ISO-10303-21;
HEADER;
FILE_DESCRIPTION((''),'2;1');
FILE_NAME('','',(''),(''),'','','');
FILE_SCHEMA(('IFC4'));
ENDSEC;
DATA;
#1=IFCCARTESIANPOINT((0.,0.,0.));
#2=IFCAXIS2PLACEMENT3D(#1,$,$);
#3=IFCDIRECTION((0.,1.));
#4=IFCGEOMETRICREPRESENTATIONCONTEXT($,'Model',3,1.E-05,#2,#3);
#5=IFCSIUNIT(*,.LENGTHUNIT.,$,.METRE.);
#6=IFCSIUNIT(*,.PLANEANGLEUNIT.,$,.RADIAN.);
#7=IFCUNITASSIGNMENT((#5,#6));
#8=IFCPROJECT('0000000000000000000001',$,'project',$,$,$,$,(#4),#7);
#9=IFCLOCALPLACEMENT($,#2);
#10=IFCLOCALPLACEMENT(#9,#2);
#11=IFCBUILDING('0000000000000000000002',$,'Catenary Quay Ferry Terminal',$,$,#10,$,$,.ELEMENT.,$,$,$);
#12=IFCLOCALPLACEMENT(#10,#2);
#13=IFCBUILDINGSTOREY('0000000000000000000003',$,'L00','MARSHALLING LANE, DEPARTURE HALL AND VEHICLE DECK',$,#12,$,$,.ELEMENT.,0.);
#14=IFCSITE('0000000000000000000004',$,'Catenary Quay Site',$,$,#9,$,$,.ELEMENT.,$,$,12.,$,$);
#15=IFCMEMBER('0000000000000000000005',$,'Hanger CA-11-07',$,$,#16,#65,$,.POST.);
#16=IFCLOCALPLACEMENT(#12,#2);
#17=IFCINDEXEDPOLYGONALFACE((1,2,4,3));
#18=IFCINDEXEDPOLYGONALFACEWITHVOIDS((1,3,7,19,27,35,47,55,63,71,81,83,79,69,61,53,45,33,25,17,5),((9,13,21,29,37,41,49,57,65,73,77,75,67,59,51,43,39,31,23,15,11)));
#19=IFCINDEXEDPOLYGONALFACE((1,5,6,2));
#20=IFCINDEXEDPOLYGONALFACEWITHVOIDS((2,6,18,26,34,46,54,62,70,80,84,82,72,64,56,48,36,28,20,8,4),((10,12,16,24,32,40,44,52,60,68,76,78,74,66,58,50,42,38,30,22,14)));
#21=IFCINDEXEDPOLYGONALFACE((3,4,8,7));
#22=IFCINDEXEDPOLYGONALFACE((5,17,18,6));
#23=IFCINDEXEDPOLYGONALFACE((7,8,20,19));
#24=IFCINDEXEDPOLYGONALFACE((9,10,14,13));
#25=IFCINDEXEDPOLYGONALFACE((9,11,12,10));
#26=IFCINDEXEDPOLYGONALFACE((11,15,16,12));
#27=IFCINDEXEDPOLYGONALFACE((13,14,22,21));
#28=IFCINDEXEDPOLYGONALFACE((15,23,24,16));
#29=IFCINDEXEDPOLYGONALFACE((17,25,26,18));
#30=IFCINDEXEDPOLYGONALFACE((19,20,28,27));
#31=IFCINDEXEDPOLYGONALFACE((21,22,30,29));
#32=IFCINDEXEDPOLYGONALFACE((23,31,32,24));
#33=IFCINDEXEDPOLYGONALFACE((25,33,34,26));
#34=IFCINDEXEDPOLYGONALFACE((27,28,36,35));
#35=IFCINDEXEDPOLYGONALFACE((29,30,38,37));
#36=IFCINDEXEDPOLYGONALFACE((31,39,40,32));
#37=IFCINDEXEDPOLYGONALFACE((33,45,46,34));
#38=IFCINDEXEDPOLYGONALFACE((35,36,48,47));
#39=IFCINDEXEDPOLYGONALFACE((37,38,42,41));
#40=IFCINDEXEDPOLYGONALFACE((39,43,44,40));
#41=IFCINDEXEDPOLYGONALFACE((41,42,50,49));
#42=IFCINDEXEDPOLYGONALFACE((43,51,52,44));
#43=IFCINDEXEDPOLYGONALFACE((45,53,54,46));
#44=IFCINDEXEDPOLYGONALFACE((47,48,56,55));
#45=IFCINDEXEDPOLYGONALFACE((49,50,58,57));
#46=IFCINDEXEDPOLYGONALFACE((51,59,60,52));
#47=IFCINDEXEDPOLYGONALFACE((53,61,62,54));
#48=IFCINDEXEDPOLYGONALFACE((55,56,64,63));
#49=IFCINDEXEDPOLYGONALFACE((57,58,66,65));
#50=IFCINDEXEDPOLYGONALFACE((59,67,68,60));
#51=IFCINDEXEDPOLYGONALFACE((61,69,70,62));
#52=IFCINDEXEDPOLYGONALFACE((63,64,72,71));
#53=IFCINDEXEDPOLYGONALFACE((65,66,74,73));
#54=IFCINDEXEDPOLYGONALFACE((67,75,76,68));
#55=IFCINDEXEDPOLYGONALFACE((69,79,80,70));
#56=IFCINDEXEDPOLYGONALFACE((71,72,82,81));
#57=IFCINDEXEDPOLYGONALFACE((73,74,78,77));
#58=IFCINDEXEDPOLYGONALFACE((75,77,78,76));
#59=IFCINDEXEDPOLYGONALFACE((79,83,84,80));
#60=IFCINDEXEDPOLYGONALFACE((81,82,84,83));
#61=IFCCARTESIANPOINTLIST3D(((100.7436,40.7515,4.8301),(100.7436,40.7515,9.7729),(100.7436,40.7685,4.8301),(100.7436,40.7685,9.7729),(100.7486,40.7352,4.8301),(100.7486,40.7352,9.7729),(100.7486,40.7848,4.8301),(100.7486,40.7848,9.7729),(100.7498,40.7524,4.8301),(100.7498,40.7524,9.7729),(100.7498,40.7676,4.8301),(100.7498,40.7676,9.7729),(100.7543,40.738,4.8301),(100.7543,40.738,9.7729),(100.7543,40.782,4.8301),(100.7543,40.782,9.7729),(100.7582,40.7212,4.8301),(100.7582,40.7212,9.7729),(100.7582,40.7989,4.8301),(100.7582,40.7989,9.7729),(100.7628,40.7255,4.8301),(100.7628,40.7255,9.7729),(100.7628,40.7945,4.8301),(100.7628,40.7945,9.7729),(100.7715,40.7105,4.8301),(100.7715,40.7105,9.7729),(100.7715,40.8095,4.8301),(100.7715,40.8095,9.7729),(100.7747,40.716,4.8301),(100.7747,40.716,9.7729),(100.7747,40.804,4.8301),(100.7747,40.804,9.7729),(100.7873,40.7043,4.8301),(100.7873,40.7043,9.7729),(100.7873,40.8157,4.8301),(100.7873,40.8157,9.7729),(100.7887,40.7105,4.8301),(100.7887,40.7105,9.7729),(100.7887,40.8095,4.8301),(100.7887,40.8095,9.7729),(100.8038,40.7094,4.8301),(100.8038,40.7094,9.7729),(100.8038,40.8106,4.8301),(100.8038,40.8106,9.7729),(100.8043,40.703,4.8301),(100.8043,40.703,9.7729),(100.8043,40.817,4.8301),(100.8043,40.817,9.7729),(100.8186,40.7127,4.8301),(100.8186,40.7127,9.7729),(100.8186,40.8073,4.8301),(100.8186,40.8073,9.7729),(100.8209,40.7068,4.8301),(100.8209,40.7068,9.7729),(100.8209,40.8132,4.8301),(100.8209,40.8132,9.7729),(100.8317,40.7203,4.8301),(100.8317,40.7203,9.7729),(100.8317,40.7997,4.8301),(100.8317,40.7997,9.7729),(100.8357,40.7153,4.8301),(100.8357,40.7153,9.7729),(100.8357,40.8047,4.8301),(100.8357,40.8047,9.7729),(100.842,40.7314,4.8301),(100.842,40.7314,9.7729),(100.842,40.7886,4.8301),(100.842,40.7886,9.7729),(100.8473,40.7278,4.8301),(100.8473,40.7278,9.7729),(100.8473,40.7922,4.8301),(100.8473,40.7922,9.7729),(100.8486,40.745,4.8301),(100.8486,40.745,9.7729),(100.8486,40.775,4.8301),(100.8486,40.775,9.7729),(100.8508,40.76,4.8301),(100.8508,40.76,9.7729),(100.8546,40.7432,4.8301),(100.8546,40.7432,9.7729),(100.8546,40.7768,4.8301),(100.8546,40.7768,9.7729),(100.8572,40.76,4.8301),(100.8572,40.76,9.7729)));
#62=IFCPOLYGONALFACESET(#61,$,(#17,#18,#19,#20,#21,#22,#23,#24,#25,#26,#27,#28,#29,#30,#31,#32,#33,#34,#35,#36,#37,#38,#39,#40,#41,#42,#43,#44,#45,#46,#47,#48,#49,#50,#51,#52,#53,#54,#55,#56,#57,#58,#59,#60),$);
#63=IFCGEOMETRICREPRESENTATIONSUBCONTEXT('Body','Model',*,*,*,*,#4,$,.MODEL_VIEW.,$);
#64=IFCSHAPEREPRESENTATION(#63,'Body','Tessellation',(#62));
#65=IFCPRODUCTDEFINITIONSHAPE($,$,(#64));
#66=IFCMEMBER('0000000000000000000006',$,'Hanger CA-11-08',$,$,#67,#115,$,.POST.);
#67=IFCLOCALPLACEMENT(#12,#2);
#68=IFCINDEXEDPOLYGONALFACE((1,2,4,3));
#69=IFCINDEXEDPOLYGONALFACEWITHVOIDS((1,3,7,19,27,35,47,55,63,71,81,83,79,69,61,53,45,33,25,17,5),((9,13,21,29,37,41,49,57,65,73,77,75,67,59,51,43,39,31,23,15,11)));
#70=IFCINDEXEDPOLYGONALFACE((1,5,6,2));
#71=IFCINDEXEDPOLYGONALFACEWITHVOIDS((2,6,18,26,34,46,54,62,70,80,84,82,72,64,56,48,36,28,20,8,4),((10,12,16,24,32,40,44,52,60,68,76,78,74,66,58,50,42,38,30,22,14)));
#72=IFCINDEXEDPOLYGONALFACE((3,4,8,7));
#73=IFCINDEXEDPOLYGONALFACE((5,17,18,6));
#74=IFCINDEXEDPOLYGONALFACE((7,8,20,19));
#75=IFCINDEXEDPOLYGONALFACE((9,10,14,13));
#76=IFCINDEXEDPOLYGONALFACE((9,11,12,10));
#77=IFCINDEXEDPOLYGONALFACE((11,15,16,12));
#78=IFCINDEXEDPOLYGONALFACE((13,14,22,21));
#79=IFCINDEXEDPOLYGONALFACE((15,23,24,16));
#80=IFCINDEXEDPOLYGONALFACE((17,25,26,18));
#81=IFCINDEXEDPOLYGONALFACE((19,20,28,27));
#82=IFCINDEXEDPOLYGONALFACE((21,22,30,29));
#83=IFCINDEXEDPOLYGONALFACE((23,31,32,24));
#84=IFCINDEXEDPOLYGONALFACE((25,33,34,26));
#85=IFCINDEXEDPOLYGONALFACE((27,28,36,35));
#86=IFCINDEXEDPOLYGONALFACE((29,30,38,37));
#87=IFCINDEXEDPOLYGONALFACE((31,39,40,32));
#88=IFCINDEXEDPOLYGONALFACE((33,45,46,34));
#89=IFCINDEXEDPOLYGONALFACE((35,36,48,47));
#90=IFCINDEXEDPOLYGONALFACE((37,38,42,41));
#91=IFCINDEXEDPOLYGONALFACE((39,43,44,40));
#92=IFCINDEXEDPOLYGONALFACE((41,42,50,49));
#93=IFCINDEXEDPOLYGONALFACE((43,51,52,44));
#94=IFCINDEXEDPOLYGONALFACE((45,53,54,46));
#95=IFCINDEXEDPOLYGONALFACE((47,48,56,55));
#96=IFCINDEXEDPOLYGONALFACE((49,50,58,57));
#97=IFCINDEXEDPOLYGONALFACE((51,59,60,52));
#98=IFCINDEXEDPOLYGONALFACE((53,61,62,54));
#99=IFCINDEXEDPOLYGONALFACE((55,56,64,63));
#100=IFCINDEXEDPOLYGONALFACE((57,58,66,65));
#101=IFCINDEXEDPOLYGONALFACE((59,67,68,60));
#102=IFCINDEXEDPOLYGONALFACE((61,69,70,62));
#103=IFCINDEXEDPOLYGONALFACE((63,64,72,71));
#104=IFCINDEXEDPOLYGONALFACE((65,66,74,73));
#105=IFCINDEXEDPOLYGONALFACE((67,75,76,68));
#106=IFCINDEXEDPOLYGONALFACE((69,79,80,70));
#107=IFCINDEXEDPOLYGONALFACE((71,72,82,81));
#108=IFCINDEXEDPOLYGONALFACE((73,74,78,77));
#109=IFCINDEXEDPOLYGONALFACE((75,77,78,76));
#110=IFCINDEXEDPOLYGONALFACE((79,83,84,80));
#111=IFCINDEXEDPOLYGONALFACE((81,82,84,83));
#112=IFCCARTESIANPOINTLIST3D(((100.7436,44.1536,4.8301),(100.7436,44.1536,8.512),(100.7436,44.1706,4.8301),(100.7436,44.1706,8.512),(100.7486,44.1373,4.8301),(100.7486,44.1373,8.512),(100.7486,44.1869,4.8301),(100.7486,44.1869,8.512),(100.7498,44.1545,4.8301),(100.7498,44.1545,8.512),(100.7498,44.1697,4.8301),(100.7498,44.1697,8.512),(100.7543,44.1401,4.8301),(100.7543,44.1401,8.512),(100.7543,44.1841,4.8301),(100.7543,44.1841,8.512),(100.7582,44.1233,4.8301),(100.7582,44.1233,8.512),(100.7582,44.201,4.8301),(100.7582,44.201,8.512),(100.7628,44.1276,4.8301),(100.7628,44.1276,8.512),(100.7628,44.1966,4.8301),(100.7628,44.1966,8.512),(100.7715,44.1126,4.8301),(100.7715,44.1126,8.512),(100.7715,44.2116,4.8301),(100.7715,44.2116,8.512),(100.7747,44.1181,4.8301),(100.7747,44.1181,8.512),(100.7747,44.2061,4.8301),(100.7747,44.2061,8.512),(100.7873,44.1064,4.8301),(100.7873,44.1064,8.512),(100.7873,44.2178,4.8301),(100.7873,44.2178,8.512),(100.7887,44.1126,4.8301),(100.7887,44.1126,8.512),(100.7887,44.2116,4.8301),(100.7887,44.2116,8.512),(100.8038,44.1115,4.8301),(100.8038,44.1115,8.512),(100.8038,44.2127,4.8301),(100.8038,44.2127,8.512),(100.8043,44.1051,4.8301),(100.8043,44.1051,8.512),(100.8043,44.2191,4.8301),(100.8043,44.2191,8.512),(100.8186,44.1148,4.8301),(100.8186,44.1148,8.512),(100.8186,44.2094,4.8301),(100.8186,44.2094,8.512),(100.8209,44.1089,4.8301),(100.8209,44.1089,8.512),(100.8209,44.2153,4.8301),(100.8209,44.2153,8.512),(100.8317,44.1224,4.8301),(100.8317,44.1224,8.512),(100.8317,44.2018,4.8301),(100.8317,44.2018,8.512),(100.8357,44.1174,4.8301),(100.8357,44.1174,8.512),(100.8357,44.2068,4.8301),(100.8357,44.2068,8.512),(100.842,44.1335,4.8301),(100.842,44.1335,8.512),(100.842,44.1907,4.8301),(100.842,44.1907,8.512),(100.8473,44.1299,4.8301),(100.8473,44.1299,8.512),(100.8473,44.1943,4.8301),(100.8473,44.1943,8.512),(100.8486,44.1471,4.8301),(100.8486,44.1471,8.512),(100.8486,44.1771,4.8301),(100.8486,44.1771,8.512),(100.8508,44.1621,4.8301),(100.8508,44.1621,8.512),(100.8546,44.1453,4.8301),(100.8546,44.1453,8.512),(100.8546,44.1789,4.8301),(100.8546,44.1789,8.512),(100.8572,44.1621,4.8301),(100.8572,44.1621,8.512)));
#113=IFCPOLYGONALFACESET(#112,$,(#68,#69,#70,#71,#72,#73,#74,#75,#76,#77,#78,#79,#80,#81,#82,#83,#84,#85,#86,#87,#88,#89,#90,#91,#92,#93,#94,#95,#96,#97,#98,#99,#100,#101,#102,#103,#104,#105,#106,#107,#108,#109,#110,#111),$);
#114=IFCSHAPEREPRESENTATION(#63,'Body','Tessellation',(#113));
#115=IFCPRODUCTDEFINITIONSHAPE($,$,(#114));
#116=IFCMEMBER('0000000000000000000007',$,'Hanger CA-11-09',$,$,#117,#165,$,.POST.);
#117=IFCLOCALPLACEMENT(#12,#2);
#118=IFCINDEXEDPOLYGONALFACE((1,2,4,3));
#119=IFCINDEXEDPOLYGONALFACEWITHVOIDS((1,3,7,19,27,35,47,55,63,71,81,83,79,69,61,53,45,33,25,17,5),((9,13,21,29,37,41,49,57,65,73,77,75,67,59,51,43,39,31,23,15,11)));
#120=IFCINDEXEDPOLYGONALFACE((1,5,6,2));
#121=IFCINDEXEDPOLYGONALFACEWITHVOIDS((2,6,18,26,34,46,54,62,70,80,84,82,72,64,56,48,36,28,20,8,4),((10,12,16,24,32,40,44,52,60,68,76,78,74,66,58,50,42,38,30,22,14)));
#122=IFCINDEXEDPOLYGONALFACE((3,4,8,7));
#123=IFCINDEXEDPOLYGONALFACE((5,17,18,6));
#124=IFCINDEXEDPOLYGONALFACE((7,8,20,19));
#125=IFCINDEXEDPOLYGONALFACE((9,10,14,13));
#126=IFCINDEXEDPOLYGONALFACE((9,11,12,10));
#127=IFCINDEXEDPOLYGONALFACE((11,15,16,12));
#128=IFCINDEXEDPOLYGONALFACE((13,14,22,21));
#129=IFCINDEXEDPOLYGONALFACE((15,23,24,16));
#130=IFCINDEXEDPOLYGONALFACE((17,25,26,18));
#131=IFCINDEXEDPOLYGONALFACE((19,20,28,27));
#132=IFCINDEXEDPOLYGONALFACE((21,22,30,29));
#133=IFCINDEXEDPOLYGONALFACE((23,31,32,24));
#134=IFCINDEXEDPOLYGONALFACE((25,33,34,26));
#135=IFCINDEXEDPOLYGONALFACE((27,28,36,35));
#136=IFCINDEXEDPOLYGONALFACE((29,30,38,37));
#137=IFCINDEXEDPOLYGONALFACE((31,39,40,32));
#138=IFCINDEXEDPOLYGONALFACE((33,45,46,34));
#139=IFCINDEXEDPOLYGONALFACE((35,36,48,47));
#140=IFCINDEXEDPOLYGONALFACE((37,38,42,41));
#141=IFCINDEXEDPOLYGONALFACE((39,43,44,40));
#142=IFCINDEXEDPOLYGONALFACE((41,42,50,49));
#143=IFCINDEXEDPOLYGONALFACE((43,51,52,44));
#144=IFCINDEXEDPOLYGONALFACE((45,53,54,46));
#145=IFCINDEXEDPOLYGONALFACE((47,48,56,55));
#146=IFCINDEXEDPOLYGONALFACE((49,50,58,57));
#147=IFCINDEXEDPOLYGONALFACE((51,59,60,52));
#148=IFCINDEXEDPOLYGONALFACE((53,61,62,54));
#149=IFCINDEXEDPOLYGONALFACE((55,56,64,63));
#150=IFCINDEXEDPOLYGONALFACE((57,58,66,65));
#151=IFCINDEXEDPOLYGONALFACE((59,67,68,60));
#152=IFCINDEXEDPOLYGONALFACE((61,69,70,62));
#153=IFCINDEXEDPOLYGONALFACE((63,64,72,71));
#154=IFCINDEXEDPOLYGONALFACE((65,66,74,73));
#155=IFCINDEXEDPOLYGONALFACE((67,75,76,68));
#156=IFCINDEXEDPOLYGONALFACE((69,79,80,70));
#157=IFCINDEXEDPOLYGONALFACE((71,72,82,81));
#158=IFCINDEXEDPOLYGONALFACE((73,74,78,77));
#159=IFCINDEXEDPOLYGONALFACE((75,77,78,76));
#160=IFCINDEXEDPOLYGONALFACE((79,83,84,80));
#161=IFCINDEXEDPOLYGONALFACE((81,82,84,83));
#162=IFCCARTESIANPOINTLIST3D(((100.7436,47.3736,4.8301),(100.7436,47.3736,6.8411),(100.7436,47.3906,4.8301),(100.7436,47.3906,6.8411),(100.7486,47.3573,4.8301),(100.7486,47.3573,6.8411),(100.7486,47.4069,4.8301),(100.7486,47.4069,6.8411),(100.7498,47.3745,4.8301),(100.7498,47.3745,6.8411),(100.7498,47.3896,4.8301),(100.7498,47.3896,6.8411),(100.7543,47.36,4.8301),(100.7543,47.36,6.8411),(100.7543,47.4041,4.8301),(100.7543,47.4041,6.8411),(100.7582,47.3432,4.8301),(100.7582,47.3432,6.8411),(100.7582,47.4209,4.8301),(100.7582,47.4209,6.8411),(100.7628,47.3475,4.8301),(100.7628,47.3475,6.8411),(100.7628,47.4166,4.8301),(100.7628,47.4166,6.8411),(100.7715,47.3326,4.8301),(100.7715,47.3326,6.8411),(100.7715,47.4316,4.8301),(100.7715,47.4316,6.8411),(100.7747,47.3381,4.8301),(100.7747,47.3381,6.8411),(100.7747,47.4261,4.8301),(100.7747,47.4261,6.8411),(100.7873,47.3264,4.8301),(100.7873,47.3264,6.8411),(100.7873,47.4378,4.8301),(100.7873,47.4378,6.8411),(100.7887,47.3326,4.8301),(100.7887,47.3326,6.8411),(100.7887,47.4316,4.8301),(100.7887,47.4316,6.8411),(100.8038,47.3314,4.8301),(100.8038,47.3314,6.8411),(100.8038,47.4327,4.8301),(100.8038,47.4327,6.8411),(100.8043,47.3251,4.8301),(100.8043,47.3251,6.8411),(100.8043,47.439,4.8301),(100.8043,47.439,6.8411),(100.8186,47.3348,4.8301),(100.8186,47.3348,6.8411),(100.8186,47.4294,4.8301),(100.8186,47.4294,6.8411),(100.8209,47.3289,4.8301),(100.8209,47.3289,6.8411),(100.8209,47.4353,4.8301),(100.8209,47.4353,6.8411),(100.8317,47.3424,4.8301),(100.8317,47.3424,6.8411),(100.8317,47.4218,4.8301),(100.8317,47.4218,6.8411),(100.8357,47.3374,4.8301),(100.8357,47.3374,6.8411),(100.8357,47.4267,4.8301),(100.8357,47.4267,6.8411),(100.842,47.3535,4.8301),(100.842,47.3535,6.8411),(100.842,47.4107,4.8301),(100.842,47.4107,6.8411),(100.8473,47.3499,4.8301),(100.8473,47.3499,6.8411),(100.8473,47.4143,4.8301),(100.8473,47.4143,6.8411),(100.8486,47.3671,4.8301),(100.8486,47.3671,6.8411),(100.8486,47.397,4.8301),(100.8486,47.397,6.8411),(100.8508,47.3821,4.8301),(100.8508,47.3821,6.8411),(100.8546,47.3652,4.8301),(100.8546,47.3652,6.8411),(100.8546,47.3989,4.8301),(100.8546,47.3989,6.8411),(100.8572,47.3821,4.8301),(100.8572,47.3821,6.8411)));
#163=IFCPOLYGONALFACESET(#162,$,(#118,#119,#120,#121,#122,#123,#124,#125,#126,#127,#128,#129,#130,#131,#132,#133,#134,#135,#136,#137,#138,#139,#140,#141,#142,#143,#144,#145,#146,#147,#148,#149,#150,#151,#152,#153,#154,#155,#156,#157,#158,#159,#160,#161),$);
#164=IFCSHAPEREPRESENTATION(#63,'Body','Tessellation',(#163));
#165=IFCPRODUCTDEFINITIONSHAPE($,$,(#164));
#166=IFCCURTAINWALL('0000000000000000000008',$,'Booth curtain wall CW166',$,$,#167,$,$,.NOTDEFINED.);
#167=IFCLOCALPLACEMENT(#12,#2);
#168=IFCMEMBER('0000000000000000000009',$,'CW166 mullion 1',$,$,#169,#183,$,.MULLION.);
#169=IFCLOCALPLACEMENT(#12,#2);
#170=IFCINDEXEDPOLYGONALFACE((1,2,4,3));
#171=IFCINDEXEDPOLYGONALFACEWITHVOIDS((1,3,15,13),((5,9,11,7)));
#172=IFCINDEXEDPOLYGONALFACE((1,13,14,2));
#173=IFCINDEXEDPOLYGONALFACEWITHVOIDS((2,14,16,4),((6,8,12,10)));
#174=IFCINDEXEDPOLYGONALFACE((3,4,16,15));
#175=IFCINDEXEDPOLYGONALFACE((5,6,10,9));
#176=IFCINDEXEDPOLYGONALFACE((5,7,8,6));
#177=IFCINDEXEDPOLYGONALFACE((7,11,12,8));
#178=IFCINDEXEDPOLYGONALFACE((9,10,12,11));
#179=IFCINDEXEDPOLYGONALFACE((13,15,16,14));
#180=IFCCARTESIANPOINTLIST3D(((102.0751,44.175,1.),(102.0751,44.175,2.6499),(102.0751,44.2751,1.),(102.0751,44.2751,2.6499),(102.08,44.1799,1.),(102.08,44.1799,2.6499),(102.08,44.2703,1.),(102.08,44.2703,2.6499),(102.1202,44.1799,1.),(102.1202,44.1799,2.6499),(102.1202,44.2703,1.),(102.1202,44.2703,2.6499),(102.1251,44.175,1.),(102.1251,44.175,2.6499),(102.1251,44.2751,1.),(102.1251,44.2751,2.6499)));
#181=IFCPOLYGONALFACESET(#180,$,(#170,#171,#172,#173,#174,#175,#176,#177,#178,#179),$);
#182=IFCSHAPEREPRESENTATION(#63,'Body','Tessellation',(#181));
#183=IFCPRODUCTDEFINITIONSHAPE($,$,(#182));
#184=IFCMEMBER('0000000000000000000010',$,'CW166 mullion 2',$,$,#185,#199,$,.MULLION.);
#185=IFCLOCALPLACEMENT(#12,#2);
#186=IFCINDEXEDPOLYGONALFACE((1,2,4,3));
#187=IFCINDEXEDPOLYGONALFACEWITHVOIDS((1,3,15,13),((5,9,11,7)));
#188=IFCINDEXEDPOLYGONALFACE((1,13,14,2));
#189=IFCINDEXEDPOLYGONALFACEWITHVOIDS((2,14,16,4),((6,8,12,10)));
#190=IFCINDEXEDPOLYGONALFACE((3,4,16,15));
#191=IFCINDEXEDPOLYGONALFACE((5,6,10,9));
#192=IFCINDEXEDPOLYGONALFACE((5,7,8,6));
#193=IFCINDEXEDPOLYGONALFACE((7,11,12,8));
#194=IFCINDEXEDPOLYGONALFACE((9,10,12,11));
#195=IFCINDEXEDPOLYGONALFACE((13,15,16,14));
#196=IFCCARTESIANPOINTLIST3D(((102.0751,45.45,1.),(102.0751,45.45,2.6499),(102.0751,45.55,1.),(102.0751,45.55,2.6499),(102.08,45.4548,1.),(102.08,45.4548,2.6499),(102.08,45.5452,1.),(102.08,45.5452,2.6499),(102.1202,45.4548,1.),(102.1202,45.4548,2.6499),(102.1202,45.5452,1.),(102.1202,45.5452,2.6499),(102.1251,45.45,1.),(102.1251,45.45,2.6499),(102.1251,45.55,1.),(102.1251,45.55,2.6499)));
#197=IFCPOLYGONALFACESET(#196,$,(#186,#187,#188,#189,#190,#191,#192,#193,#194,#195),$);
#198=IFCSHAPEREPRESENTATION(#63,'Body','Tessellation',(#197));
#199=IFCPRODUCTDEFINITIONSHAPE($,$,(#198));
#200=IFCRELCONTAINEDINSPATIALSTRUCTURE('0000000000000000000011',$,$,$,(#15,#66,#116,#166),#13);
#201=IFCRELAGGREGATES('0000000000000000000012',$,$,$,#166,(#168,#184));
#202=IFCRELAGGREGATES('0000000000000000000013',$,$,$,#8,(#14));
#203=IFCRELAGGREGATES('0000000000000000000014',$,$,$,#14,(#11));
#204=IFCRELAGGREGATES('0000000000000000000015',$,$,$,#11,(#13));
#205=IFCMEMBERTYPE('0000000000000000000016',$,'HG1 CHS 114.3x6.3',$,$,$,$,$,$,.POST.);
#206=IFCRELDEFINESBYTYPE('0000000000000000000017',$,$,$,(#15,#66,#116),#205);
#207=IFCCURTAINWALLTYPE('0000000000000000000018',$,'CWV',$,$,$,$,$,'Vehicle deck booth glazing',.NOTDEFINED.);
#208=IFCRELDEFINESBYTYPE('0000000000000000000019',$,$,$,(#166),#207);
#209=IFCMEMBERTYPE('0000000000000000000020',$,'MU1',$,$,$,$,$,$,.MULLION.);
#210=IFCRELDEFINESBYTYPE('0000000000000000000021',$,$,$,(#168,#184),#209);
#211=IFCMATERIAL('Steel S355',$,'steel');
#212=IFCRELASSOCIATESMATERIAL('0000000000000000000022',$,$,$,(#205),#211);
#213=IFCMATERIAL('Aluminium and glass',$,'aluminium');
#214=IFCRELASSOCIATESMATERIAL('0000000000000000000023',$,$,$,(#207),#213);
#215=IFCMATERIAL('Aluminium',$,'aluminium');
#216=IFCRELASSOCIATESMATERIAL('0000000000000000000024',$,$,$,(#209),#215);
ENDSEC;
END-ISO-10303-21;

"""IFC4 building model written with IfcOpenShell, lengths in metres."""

from ifc_helpers import new_model, si_unit, direction, frame, origin, origin_2d, place, context, subcontext, project, spatial, hollow_rectangle, hollow_circle, extrude, material, material_profile, profile_set, type_object, element, aggregate, save


model = new_model("IFC4")

# Units and contexts
model_context = context("Model", 3, precision=1e-05, world=origin(), true_north=direction((0.0, 1.0)))
body_context = subcontext(model_context, "Body", "Model", "MODEL_VIEW")
ifc_project = project(units=[si_unit("LENGTHUNIT", "METRE"), si_unit("PLANEANGLEUNIT", "RADIAN")], contexts=[model_context])

# Site, building, storey
site_placement = place(None, origin())
site = spatial("IfcSite", under=ifc_project, at=site_placement, Name="Catenary Quay Site", CompositionType="ELEMENT", RefElevation=12.0)
building_placement = place(site_placement, origin())
building = spatial("IfcBuilding", under=site, at=building_placement, Name="Catenary Quay Ferry Terminal", CompositionType="ELEMENT")
storey_placement = place(building_placement, origin())
storey = spatial("IfcBuildingStorey", under=building, at=storey_placement, Name="L00", Description="MARSHALLING LANE, DEPARTURE HALL AND VEHICLE DECK", CompositionType="ELEMENT", Elevation=0.0)

# Members
ifc_material_1 = material(Name="Steel S355", Category="steel")
ifc_material_profile_1 = material_profile(ifc_material_1, hollow_circle(Radius=0.0571, WallThickness=0.0063, at=origin_2d()), Name="CHS 114.3x6.3")
ifc_profile_set_1 = profile_set([ifc_material_profile_1], Name="Steel S355")
member_type_1 = type_object("IfcMemberType", Name="HG1 CHS 114.3x6.3", PredefinedType="POST", material=ifc_profile_set_1)
member_1_placement = place(storey_placement, frame((100.8, 40.76, 4.8301), z_axis=(0.0, 0.0, 1.0), x_axis=(1.0, 0.0, 0.0)))
element("IfcMember", 1, at=member_1_placement, inside=storey, type_object=member_type_1, Name="Hanger CA-11-07", PredefinedType="POST", context=body_context, shape_type="SweptSolid", body=[
    extrude(hollow_circle(Radius=0.0571, WallThickness=0.0063, at=origin_2d()), origin(), (0.0, 0.0, 1.0), 4.9429),
])
member_2_placement = place(storey_placement, frame((100.8, 44.1621, 4.8301), z_axis=(0.0, 0.0, 1.0), x_axis=(1.0, 0.0, 0.0)))
element("IfcMember", 2, at=member_2_placement, inside=storey, type_object=member_type_1, Name="Hanger CA-11-08", PredefinedType="POST", context=body_context, shape_type="SweptSolid", body=[
    extrude(hollow_circle(Radius=0.0571, WallThickness=0.0063, at=origin_2d()), origin(), (0.0, 0.0, 1.0), 3.6819),
])
member_3_placement = place(storey_placement, frame((100.8, 47.3821, 4.8301), z_axis=(0.0, 0.0, 1.0), x_axis=(1.0, 0.0, 0.0)))
element("IfcMember", 3, at=member_3_placement, inside=storey, type_object=member_type_1, Name="Hanger CA-11-09", PredefinedType="POST", context=body_context, shape_type="SweptSolid", body=[
    extrude(hollow_circle(Radius=0.0571, WallThickness=0.0063, at=origin_2d()), origin(), (0.0, 0.0, 1.0), 2.011),
])

# Curtain wall, members
ifc_material_2 = material(Name="Aluminium and glass", Category="aluminium")
curtain_wall_type = type_object("IfcCurtainWallType", Name="CWV", ElementType="Vehicle deck booth glazing", PredefinedType="NOTDEFINED", material=ifc_material_2)
curtain_wall_placement = place(storey_placement, origin())
curtain_wall = element("IfcCurtainWall", 4, at=curtain_wall_placement, inside=storey, type_object=curtain_wall_type, Name="Booth curtain wall CW166", PredefinedType="NOTDEFINED")
ifc_material_3 = material(Name="Aluminium", Category="aluminium")
ifc_material_profile_2 = material_profile(ifc_material_3, hollow_rectangle(XDim=0.05, YDim=0.1001, WallThickness=0.0049, at=origin_2d()), Name="MU1")
ifc_profile_set_2 = profile_set([ifc_material_profile_2], Name="Aluminium")
member_type_2 = type_object("IfcMemberType", Name="MU1", PredefinedType="MULLION", material=ifc_profile_set_2)
member_4_placement = place(storey_placement, frame((102.1001, 44.2251, 1.0), z_axis=(0.0, 0.0, 1.0), x_axis=(-1.0, 0.0, 0.0)))
member_4 = element("IfcMember", 5, at=member_4_placement, type_object=member_type_2, Name="CW166 mullion 1", PredefinedType="MULLION", context=body_context, shape_type="SweptSolid", body=[
    extrude(hollow_rectangle(XDim=0.05, YDim=0.1001, WallThickness=0.0049, at=origin_2d()), origin(), (0.0, 0.0, 1.0), 1.6499),
])
member_5_placement = place(storey_placement, frame((102.1001, 45.5, 1.0), z_axis=(0.0, 0.0, 1.0), x_axis=(-1.0, 0.0, 0.0)))
member_5 = element("IfcMember", 6, at=member_5_placement, type_object=member_type_2, Name="CW166 mullion 2", PredefinedType="MULLION", context=body_context, shape_type="SweptSolid", body=[
    extrude(hollow_rectangle(XDim=0.05, YDim=0.1001, WallThickness=0.0049, at=origin_2d()), origin(), (0.0, 0.0, 1.0), 1.6499),
])

aggregate(curtain_wall, [member_4, member_5])

save(model, "model.ifc")
